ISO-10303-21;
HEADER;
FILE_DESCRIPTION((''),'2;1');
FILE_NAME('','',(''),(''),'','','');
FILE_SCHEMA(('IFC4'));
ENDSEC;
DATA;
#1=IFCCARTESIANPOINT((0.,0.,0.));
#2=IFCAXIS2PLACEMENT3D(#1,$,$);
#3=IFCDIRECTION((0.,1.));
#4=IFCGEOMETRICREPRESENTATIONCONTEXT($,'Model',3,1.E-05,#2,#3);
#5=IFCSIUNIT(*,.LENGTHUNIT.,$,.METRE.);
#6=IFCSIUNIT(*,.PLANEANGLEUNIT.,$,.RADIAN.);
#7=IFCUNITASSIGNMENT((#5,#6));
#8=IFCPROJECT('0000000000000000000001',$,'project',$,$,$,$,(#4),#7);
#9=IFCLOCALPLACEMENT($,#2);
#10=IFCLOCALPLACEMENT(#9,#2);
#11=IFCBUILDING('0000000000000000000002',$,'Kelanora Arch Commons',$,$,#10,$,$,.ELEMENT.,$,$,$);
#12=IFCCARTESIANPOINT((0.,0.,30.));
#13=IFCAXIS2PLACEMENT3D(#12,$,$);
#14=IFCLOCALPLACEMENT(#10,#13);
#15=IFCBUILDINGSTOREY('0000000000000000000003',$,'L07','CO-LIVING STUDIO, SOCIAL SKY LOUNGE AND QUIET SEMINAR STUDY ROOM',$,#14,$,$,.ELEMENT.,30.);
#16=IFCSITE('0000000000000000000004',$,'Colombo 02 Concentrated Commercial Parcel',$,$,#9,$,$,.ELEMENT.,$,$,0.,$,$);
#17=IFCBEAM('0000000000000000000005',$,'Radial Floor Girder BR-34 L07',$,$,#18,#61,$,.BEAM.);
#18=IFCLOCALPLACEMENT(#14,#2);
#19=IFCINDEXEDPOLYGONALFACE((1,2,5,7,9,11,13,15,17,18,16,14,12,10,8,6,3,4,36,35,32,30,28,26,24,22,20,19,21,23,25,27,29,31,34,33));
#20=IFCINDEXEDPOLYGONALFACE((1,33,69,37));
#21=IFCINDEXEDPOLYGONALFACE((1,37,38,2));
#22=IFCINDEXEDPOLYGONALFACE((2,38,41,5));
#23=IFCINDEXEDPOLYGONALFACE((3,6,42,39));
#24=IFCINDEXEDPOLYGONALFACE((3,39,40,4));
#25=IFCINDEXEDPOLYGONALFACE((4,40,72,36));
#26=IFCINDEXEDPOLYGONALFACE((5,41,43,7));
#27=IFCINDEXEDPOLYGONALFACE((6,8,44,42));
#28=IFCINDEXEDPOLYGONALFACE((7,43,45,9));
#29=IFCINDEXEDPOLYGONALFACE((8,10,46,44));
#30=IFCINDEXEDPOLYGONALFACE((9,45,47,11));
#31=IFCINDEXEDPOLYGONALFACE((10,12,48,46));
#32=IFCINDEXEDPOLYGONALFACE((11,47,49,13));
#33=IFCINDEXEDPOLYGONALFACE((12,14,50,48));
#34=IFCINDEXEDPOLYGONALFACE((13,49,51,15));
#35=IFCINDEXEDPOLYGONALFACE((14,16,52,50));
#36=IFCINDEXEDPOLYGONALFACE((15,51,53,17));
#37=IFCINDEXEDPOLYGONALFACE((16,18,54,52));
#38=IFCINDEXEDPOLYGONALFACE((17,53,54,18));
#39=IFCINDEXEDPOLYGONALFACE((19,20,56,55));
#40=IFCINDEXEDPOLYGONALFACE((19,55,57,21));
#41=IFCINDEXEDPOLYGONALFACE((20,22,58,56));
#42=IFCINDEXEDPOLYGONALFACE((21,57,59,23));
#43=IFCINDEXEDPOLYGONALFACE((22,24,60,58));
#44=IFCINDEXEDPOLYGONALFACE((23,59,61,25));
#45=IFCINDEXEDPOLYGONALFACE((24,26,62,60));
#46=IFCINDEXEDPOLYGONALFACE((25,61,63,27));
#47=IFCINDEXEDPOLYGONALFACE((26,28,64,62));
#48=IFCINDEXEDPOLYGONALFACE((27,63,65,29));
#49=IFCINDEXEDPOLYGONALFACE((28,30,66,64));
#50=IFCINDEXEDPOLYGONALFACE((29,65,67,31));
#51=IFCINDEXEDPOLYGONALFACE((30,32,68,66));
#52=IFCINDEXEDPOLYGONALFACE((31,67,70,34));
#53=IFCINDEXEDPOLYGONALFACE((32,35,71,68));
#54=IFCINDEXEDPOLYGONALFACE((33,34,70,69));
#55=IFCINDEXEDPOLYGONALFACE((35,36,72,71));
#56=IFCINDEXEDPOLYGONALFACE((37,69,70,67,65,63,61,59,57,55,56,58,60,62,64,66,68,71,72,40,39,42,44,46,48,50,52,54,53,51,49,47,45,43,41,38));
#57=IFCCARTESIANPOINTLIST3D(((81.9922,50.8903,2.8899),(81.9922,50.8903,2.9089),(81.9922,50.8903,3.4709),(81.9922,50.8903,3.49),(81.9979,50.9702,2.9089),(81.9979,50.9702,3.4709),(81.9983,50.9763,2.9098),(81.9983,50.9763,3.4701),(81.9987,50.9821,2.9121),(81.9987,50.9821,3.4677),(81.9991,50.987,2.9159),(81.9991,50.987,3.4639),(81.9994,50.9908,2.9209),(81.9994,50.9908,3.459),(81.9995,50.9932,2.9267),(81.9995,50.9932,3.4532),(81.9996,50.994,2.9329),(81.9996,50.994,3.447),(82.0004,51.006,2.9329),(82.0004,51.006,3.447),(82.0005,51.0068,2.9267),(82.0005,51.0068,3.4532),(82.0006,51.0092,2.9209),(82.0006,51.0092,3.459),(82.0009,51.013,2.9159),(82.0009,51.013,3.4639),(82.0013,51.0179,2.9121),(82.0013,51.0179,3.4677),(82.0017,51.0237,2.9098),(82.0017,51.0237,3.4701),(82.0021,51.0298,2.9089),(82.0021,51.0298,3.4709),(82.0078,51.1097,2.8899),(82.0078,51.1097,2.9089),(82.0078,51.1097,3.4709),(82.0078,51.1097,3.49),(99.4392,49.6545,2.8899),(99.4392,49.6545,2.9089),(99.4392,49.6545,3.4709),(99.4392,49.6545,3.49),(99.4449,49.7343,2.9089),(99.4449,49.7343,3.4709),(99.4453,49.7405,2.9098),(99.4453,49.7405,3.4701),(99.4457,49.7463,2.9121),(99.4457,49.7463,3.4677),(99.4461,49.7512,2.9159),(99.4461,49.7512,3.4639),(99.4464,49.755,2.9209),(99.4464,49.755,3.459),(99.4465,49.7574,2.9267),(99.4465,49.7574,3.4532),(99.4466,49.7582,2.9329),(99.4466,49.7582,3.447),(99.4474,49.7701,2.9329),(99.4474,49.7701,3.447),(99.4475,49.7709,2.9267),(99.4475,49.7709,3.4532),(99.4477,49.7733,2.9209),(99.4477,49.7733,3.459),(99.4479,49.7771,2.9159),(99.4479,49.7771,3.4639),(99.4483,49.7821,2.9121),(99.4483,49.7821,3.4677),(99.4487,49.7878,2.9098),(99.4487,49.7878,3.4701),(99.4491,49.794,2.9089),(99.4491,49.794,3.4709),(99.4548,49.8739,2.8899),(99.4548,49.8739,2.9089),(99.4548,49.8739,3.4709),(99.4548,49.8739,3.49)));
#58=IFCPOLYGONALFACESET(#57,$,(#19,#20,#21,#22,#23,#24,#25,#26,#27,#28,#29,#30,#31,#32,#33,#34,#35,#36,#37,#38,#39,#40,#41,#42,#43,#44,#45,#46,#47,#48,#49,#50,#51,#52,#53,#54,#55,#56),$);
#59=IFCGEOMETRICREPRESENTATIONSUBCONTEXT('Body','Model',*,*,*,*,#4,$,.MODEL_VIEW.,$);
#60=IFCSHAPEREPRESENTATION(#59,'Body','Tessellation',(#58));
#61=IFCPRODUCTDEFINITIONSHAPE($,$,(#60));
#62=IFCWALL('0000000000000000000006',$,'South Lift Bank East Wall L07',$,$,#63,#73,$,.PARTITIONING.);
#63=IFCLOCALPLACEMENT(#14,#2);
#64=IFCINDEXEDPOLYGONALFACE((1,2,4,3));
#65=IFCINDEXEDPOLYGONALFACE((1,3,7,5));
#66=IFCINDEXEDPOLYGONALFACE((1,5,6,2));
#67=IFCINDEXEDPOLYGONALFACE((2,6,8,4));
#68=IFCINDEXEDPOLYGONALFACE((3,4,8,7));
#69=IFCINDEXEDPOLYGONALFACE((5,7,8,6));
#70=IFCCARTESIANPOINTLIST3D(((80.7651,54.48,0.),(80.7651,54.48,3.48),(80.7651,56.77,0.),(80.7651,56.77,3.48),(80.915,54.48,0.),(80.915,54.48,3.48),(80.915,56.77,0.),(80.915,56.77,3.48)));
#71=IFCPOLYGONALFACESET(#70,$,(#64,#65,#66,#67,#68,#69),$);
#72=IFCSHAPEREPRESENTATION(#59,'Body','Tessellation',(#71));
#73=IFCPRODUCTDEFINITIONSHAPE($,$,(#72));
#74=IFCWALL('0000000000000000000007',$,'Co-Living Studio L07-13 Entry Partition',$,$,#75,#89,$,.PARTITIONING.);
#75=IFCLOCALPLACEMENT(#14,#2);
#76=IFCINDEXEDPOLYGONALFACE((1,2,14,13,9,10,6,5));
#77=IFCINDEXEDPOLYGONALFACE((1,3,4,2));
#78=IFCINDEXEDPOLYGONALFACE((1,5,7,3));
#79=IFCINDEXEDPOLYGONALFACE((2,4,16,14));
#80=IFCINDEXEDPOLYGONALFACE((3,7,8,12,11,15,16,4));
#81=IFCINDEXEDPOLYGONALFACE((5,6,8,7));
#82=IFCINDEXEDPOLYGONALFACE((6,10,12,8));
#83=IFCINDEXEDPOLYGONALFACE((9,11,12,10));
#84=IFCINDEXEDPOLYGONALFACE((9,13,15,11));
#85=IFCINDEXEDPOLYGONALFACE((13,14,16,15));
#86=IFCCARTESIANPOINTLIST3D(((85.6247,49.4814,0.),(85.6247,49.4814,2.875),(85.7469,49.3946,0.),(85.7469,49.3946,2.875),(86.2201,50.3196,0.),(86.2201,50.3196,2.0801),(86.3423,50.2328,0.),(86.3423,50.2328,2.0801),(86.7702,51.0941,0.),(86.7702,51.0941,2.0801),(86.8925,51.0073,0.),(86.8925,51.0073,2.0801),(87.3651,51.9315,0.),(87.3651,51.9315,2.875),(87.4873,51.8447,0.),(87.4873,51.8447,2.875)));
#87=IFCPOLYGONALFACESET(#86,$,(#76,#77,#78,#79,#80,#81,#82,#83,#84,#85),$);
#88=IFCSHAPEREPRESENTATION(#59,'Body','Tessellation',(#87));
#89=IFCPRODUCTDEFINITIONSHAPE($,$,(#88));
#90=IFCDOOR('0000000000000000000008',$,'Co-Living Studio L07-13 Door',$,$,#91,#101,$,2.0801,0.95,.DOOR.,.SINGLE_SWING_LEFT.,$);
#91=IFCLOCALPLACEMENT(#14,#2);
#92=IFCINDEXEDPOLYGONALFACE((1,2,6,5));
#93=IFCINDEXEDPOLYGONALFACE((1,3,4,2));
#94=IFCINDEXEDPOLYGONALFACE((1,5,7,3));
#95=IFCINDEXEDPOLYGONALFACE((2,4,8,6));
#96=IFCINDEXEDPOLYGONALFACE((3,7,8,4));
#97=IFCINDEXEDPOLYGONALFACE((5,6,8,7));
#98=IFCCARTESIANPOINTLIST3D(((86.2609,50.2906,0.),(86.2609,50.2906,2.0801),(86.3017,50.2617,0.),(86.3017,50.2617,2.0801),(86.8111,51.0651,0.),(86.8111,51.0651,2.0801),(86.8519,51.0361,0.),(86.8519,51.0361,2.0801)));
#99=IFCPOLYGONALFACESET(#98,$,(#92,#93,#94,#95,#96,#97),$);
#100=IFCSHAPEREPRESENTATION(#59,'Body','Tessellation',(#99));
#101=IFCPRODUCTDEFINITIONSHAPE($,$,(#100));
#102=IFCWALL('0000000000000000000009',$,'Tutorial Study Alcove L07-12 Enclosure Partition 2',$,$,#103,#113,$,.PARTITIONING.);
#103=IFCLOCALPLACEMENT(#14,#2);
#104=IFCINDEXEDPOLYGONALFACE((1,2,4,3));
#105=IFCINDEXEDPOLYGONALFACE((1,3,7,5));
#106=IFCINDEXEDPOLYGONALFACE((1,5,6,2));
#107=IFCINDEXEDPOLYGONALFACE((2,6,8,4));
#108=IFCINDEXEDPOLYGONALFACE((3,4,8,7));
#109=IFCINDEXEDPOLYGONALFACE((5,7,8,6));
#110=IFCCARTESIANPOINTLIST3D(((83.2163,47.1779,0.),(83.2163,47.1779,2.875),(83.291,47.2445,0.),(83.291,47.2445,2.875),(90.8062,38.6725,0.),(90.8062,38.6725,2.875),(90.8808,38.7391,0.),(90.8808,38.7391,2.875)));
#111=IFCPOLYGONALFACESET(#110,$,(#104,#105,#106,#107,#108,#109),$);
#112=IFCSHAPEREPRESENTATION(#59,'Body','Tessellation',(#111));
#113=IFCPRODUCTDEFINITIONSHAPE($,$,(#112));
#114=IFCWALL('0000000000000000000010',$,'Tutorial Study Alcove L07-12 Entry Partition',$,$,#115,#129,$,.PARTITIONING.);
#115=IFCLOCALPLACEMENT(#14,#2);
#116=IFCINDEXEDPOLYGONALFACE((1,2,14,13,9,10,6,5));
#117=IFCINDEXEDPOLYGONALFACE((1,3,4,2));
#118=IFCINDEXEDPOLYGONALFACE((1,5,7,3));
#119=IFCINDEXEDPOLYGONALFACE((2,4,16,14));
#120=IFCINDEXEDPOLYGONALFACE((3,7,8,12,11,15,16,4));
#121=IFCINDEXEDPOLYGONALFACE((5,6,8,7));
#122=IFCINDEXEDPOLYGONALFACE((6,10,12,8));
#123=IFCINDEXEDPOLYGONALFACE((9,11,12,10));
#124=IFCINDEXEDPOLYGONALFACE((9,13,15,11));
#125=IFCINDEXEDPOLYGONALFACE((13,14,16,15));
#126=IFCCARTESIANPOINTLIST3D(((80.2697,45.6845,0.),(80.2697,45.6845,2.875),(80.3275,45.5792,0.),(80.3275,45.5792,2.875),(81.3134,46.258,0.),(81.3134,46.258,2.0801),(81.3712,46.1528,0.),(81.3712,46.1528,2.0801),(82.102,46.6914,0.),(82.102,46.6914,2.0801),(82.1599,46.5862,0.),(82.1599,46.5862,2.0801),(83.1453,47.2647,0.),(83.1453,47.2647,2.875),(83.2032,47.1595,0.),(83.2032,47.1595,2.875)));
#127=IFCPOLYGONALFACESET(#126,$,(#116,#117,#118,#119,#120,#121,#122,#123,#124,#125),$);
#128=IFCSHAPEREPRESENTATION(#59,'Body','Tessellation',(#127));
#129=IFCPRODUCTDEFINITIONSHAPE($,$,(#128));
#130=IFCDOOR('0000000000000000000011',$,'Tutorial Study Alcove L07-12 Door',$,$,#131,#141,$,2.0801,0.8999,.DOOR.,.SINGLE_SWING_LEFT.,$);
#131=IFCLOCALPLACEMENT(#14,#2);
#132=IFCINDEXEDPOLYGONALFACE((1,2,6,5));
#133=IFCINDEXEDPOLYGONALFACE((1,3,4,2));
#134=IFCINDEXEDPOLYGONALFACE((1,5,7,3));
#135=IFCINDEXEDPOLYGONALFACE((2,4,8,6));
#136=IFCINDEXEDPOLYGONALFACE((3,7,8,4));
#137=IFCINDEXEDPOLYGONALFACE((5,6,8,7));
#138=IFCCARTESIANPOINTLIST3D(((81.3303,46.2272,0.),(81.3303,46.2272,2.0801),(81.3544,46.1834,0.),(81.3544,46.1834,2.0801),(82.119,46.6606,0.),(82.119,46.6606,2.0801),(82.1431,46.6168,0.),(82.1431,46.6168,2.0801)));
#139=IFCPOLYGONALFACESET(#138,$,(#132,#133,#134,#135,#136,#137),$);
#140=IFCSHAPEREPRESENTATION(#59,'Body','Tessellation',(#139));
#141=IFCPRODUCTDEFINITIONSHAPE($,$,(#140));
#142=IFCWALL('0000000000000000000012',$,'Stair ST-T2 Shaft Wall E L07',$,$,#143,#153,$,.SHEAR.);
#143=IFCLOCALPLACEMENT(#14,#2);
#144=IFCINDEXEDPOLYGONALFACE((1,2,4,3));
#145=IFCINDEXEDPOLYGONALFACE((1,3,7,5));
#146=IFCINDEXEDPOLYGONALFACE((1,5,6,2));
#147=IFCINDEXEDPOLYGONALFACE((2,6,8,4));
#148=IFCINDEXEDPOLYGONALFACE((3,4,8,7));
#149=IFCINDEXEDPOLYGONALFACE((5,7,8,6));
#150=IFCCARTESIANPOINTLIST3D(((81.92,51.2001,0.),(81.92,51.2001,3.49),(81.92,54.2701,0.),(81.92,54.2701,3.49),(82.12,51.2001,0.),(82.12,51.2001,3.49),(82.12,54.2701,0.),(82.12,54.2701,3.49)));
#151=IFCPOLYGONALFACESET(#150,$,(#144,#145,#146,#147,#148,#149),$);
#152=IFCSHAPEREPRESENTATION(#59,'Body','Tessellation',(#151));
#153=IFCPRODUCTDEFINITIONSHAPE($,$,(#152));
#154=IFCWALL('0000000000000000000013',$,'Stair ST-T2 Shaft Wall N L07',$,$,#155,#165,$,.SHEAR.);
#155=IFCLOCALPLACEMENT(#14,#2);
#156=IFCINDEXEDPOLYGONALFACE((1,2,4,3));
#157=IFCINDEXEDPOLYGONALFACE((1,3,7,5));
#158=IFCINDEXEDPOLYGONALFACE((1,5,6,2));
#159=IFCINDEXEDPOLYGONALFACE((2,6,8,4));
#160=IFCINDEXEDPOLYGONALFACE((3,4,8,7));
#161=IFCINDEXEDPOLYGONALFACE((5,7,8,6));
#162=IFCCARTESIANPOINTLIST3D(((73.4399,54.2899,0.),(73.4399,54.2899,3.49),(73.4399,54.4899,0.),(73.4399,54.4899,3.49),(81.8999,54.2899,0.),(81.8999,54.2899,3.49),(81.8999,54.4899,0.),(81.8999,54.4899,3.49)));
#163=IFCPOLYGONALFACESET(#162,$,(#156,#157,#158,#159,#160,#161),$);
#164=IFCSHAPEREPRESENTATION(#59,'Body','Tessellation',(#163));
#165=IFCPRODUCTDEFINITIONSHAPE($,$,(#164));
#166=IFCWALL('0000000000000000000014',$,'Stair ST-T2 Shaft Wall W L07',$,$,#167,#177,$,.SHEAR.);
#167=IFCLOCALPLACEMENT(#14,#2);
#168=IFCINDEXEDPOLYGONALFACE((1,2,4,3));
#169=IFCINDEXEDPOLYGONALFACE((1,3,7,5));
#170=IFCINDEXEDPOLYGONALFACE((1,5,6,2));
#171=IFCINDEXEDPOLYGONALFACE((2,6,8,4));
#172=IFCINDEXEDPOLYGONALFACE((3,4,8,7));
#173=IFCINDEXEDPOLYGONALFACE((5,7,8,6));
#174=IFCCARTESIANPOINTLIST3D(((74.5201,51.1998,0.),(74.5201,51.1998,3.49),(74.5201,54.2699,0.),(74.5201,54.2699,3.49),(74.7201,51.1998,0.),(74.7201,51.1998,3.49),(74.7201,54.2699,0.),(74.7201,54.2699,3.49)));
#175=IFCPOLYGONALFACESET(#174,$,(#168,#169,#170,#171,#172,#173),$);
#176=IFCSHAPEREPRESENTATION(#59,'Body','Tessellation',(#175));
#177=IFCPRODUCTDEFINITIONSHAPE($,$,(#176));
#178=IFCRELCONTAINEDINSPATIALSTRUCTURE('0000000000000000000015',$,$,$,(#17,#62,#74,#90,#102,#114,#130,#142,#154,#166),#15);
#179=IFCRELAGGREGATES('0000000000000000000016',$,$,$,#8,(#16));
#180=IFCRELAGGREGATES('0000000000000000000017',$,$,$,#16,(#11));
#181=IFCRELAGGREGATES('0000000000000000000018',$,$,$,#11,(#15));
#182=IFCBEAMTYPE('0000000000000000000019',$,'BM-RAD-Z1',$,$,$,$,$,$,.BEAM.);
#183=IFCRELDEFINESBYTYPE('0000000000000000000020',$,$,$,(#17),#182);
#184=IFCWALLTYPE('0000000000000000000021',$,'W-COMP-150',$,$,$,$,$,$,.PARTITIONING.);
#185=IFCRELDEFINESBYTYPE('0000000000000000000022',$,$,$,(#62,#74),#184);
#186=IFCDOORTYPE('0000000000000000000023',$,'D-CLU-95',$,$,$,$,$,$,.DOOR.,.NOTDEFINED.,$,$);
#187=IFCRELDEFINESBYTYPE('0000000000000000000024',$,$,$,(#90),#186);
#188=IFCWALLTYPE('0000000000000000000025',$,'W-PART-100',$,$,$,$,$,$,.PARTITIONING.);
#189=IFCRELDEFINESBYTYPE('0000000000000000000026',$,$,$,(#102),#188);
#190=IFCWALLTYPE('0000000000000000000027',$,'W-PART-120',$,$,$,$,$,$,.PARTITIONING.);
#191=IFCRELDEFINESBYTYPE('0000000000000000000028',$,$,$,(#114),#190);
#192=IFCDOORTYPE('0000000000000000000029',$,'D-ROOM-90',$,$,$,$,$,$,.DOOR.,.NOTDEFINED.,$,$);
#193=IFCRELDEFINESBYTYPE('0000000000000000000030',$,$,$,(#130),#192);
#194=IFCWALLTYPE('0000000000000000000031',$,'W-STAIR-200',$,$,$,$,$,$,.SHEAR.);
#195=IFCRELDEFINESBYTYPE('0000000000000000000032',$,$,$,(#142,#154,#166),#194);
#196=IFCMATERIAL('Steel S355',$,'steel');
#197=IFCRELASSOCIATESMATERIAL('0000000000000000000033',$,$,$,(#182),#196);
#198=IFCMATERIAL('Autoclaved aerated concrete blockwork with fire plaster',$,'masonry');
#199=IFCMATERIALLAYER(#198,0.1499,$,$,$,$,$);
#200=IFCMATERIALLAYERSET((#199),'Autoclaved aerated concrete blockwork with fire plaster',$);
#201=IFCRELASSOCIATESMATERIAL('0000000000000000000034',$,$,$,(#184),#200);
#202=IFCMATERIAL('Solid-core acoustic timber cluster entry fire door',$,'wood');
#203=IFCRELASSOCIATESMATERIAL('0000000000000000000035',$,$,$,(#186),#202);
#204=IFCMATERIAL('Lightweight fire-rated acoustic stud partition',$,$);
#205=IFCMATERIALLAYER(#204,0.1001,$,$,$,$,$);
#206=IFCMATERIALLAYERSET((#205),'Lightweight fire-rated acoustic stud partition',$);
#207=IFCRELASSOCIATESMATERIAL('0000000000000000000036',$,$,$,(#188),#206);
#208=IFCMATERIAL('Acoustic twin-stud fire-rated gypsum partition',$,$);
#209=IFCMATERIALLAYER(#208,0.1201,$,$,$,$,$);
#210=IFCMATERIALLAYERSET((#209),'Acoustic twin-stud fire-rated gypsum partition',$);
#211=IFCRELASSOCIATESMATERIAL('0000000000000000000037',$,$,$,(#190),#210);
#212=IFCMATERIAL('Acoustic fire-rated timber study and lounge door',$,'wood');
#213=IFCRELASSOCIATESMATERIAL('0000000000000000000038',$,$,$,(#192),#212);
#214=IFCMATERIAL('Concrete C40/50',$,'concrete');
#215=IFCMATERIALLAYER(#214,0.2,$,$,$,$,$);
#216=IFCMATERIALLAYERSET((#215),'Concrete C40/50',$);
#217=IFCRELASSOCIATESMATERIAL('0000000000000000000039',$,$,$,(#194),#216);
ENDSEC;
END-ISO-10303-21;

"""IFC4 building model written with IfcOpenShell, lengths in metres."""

from ifc_helpers import new_model, si_unit, direction, frame, frame_2d, origin, origin_2d, place, context, subcontext, project, spatial, rectangle, i_section, extrude, material, layer, layer_set, material_profile, profile_set, type_object, element, fill, save


model = new_model("IFC4")

# Units and contexts
model_context = context("Model", 3, precision=1e-05, world=origin(), true_north=direction((0.0, 1.0)))
body_context = subcontext(model_context, "Body", "Model", "MODEL_VIEW")
ifc_project = project(units=[si_unit("LENGTHUNIT", "METRE"), si_unit("PLANEANGLEUNIT", "RADIAN")], contexts=[model_context])

# Site, building, storey
site_placement = place(None, origin())
site = spatial("IfcSite", under=ifc_project, at=site_placement, Name="Colombo 02 Concentrated Commercial Parcel", CompositionType="ELEMENT", RefElevation=0.0)
building_placement = place(site_placement, origin())
building = spatial("IfcBuilding", under=site, at=building_placement, Name="Kelanora Arch Commons", CompositionType="ELEMENT")
storey_placement = place(building_placement, frame((0.0, 0.0, 30.0)))
storey = spatial("IfcBuildingStorey", under=building, at=storey_placement, Name="L07", Description="CO-LIVING STUDIO, SOCIAL SKY LOUNGE AND QUIET SEMINAR STUDY ROOM", CompositionType="ELEMENT", Elevation=30.0)

# Beam
ifc_material_1 = material(Name="Steel S355", Category="steel")
ifc_material_profile_1 = material_profile(ifc_material_1, i_section(OverallWidth=0.22, OverallDepth=0.6001, WebThickness=0.012, FlangeThickness=0.019, FilletRadius=0.0239, at=origin_2d()), Name="IPE600")
ifc_profile_set_1 = profile_set([ifc_material_profile_1], Name="Steel S355")
beam_type_1 = type_object("IfcBeamType", Name="BM-RAD-Z1", PredefinedType="BEAM", material=ifc_profile_set_1)
beam_1_placement = place(storey_placement, frame((82.0, 51.0, 3.1899), z_axis=(0.997501, -0.070657, 0.0), x_axis=(0.070657, 0.997501, 0.0)))
element("IfcBeam", 1, at=beam_1_placement, inside=storey, type_object=beam_type_1, Name="Radial Floor Girder BR-34 L07", PredefinedType="BEAM", context=body_context, shape_type="SweptSolid", body=[
    extrude(i_section(OverallWidth=0.22, OverallDepth=0.6001, WebThickness=0.012, FlangeThickness=0.019, FilletRadius=0.0239, at=origin_2d()), origin(), (0.0, 0.0, 1.0), 17.4907),
])

# Wall
ifc_material_2 = material(Name="Autoclaved aerated concrete blockwork with fire plaster", Category="masonry")
ifc_layer_1 = layer(ifc_material_2, 0.1499)
ifc_layer_set_1 = layer_set([ifc_layer_1], Name="Autoclaved aerated concrete blockwork with fire plaster")
wall_type_1 = type_object("IfcWallType", Name="W-COMP-150", PredefinedType="PARTITIONING", material=ifc_layer_set_1)
wall_1_placement = place(storey_placement, frame((80.8401, 54.48, 0.0), z_axis=(0.0, 0.0, 1.0), x_axis=(0.0, 1.0, 0.0)))
element("IfcWall", 2, at=wall_1_placement, inside=storey, type_object=wall_type_1, Name="South Lift Bank East Wall L07", PredefinedType="PARTITIONING", context=body_context, shape_type="SweptSolid", body=[
    extrude(rectangle(XDim=2.29, YDim=0.1499, at=frame_2d((1.145, 0.0))), origin(), (0.0, 0.0, 1.0), 3.48),
])

# Wall, opening, door
wall_2_placement = place(storey_placement, frame((85.6858, 49.438, 0.0), z_axis=(0.0, 0.0, 1.0), x_axis=(0.579108, 0.815251, 0.0)))
wall_2 = element("IfcWall", 3, at=wall_2_placement, inside=storey, type_object=wall_type_1, Name="Co-Living Studio L07-13 Entry Partition", PredefinedType="PARTITIONING", context=body_context, shape_type="SweptSolid", body=[
    extrude(rectangle(XDim=3.0054, YDim=0.1499, at=frame_2d((1.5027, 0.0))), origin(), (0.0, 0.0, 1.0), 2.875),
])
opening_1_placement = place(wall_2_placement, frame((1.0281, 0.0, 0.0)))
opening_1 = element("IfcOpeningElement", 4, at=opening_1_placement, cuts=wall_2, PredefinedType="OPENING", context=body_context, shape_type="SweptSolid", body=[
    extrude(rectangle(XDim=0.95, YDim=2.0801, at=frame_2d((0.4751, 1.04))), frame((0.0, 0.085, 0.0), z_axis=(0.0, -1.0, 0.0), x_axis=(1.0, 0.0, 0.0)), (0.0, 0.0, 1.0), 0.1699),
])
ifc_material_3 = material(Name="Solid-core acoustic timber cluster entry fire door", Category="wood")
door_type_1 = type_object("IfcDoorType", Name="D-CLU-95", OperationType="NOTDEFINED", PredefinedType="DOOR", material=ifc_material_3)
door_1_placement = place(opening_1_placement, origin())
door_1 = element("IfcDoor", 5, at=door_1_placement, inside=storey, type_object=door_type_1, Name="Co-Living Studio L07-13 Door", OperationType="SINGLE_SWING_LEFT", OverallHeight=2.0801, OverallWidth=0.95, PredefinedType="DOOR", context=body_context, shape_type="SweptSolid", body=[
    extrude(rectangle(XDim=0.95, YDim=2.0801, at=frame_2d((0.4751, 1.04))), frame((0.0, 0.0249, 0.0), z_axis=(0.0, -1.0, 0.0), x_axis=(1.0, 0.0, 0.0)), (0.0, 0.0, 1.0), 0.05),
])
fill(opening_1, door_1)

# Wall
ifc_material_4 = material(Name="Lightweight fire-rated acoustic stud partition")
ifc_layer_2 = layer(ifc_material_4, 0.1001)
ifc_layer_set_2 = layer_set([ifc_layer_2], Name="Lightweight fire-rated acoustic stud partition")
wall_type_2 = type_object("IfcWallType", Name="W-PART-100", PredefinedType="PARTITIONING", material=ifc_layer_set_2)
wall_3_placement = place(storey_placement, frame((83.2537, 47.2112, 0.0), z_axis=(0.0, 0.0, 1.0), x_axis=(0.665809, -0.746122, 0.0)))
element("IfcWall", 6, at=wall_3_placement, inside=storey, type_object=wall_type_2, Name="Tutorial Study Alcove L07-12 Enclosure Partition 2", PredefinedType="PARTITIONING", context=body_context, shape_type="SweptSolid", body=[
    extrude(rectangle(XDim=11.3994, YDim=0.1001, at=frame_2d((5.6997, 0.0))), origin(), (0.0, 0.0, 1.0), 2.875),
])

# Wall, opening, door
ifc_material_5 = material(Name="Acoustic twin-stud fire-rated gypsum partition")
ifc_layer_3 = layer(ifc_material_5, 0.1201)
ifc_layer_set_3 = layer_set([ifc_layer_3], Name="Acoustic twin-stud fire-rated gypsum partition")
wall_type_3 = type_object("IfcWallType", Name="W-PART-120", PredefinedType="PARTITIONING", material=ifc_layer_set_3)
wall_4_placement = place(storey_placement, frame((80.2986, 45.6318, 0.0), z_axis=(0.0, 0.0, 1.0), x_axis=(0.876387, 0.481607, 0.0)))
wall_4 = element("IfcWall", 7, at=wall_4_placement, inside=storey, type_object=wall_type_3, Name="Tutorial Study Alcove L07-12 Entry Partition", PredefinedType="PARTITIONING", context=body_context, shape_type="SweptSolid", body=[
    extrude(rectangle(XDim=3.2812, YDim=0.1201, at=frame_2d((1.6406, 0.0))), origin(), (0.0, 0.0, 1.0), 2.875),
])
opening_2_placement = place(wall_4_placement, frame((1.1909, 0.0, 0.0)))
opening_2 = element("IfcOpeningElement", 8, at=opening_2_placement, cuts=wall_4, PredefinedType="OPENING", context=body_context, shape_type="SweptSolid", body=[
    extrude(rectangle(XDim=0.8999, YDim=2.0801, at=frame_2d((0.45, 1.04))), frame((0.0, 0.0701, 0.0), z_axis=(0.0, -1.0, 0.0), x_axis=(1.0, 0.0, 0.0)), (0.0, 0.0, 1.0), 0.1401),
])
ifc_material_6 = material(Name="Acoustic fire-rated timber study and lounge door", Category="wood")
door_type_2 = type_object("IfcDoorType", Name="D-ROOM-90", OperationType="NOTDEFINED", PredefinedType="DOOR", material=ifc_material_6)
door_2_placement = place(opening_2_placement, origin())
door_2 = element("IfcDoor", 9, at=door_2_placement, inside=storey, type_object=door_type_2, Name="Tutorial Study Alcove L07-12 Door", OperationType="SINGLE_SWING_LEFT", OverallHeight=2.0801, OverallWidth=0.8999, PredefinedType="DOOR", context=body_context, shape_type="SweptSolid", body=[
    extrude(rectangle(XDim=0.8999, YDim=2.0801, at=frame_2d((0.45, 1.04))), frame((0.0, 0.0249, 0.0), z_axis=(0.0, -1.0, 0.0), x_axis=(1.0, 0.0, 0.0)), (0.0, 0.0, 1.0), 0.05),
])
fill(opening_2, door_2)

# Walls
ifc_material_7 = material(Name="Concrete C40/50", Category="concrete")
ifc_layer_4 = layer(ifc_material_7, 0.2)
ifc_layer_set_4 = layer_set([ifc_layer_4], Name="Concrete C40/50")
wall_type_4 = type_object("IfcWallType", Name="W-STAIR-200", PredefinedType="SHEAR", material=ifc_layer_set_4)
wall_5_placement = place(storey_placement, frame((82.02, 51.2, 0.0), z_axis=(0.0, 0.0, 1.0), x_axis=(0.0, 1.0, 0.0)))
element("IfcWall", 10, at=wall_5_placement, inside=storey, type_object=wall_type_4, Name="Stair ST-T2 Shaft Wall E L07", PredefinedType="SHEAR", context=body_context, shape_type="SweptSolid", body=[
    extrude(rectangle(XDim=3.0701, YDim=0.2, at=frame_2d((1.5352, 0.0))), origin(), (0.0, 0.0, 1.0), 3.49),
])
wall_6_placement = place(storey_placement, frame((81.8999, 54.3899, 0.0), z_axis=(0.0, 0.0, 1.0), x_axis=(-1.0, 0.0, 0.0)))
element("IfcWall", 11, at=wall_6_placement, inside=storey, type_object=wall_type_4, Name="Stair ST-T2 Shaft Wall N L07", PredefinedType="SHEAR", context=body_context, shape_type="SweptSolid", body=[
    extrude(rectangle(XDim=8.46, YDim=0.2, at=frame_2d((4.23, 0.0))), origin(), (0.0, 0.0, 1.0), 3.49),
])
wall_7_placement = place(storey_placement, frame((74.6201, 54.27, 0.0), z_axis=(0.0, 0.0, 1.0), x_axis=(0.0, -1.0, 0.0)))
element("IfcWall", 12, at=wall_7_placement, inside=storey, type_object=wall_type_4, Name="Stair ST-T2 Shaft Wall W L07", PredefinedType="SHEAR", context=body_context, shape_type="SweptSolid", body=[
    extrude(rectangle(XDim=3.0701, YDim=0.2, at=frame_2d((1.5352, 0.0))), origin(), (0.0, 0.0, 1.0), 3.49),
])

save(model, "model.ifc")
